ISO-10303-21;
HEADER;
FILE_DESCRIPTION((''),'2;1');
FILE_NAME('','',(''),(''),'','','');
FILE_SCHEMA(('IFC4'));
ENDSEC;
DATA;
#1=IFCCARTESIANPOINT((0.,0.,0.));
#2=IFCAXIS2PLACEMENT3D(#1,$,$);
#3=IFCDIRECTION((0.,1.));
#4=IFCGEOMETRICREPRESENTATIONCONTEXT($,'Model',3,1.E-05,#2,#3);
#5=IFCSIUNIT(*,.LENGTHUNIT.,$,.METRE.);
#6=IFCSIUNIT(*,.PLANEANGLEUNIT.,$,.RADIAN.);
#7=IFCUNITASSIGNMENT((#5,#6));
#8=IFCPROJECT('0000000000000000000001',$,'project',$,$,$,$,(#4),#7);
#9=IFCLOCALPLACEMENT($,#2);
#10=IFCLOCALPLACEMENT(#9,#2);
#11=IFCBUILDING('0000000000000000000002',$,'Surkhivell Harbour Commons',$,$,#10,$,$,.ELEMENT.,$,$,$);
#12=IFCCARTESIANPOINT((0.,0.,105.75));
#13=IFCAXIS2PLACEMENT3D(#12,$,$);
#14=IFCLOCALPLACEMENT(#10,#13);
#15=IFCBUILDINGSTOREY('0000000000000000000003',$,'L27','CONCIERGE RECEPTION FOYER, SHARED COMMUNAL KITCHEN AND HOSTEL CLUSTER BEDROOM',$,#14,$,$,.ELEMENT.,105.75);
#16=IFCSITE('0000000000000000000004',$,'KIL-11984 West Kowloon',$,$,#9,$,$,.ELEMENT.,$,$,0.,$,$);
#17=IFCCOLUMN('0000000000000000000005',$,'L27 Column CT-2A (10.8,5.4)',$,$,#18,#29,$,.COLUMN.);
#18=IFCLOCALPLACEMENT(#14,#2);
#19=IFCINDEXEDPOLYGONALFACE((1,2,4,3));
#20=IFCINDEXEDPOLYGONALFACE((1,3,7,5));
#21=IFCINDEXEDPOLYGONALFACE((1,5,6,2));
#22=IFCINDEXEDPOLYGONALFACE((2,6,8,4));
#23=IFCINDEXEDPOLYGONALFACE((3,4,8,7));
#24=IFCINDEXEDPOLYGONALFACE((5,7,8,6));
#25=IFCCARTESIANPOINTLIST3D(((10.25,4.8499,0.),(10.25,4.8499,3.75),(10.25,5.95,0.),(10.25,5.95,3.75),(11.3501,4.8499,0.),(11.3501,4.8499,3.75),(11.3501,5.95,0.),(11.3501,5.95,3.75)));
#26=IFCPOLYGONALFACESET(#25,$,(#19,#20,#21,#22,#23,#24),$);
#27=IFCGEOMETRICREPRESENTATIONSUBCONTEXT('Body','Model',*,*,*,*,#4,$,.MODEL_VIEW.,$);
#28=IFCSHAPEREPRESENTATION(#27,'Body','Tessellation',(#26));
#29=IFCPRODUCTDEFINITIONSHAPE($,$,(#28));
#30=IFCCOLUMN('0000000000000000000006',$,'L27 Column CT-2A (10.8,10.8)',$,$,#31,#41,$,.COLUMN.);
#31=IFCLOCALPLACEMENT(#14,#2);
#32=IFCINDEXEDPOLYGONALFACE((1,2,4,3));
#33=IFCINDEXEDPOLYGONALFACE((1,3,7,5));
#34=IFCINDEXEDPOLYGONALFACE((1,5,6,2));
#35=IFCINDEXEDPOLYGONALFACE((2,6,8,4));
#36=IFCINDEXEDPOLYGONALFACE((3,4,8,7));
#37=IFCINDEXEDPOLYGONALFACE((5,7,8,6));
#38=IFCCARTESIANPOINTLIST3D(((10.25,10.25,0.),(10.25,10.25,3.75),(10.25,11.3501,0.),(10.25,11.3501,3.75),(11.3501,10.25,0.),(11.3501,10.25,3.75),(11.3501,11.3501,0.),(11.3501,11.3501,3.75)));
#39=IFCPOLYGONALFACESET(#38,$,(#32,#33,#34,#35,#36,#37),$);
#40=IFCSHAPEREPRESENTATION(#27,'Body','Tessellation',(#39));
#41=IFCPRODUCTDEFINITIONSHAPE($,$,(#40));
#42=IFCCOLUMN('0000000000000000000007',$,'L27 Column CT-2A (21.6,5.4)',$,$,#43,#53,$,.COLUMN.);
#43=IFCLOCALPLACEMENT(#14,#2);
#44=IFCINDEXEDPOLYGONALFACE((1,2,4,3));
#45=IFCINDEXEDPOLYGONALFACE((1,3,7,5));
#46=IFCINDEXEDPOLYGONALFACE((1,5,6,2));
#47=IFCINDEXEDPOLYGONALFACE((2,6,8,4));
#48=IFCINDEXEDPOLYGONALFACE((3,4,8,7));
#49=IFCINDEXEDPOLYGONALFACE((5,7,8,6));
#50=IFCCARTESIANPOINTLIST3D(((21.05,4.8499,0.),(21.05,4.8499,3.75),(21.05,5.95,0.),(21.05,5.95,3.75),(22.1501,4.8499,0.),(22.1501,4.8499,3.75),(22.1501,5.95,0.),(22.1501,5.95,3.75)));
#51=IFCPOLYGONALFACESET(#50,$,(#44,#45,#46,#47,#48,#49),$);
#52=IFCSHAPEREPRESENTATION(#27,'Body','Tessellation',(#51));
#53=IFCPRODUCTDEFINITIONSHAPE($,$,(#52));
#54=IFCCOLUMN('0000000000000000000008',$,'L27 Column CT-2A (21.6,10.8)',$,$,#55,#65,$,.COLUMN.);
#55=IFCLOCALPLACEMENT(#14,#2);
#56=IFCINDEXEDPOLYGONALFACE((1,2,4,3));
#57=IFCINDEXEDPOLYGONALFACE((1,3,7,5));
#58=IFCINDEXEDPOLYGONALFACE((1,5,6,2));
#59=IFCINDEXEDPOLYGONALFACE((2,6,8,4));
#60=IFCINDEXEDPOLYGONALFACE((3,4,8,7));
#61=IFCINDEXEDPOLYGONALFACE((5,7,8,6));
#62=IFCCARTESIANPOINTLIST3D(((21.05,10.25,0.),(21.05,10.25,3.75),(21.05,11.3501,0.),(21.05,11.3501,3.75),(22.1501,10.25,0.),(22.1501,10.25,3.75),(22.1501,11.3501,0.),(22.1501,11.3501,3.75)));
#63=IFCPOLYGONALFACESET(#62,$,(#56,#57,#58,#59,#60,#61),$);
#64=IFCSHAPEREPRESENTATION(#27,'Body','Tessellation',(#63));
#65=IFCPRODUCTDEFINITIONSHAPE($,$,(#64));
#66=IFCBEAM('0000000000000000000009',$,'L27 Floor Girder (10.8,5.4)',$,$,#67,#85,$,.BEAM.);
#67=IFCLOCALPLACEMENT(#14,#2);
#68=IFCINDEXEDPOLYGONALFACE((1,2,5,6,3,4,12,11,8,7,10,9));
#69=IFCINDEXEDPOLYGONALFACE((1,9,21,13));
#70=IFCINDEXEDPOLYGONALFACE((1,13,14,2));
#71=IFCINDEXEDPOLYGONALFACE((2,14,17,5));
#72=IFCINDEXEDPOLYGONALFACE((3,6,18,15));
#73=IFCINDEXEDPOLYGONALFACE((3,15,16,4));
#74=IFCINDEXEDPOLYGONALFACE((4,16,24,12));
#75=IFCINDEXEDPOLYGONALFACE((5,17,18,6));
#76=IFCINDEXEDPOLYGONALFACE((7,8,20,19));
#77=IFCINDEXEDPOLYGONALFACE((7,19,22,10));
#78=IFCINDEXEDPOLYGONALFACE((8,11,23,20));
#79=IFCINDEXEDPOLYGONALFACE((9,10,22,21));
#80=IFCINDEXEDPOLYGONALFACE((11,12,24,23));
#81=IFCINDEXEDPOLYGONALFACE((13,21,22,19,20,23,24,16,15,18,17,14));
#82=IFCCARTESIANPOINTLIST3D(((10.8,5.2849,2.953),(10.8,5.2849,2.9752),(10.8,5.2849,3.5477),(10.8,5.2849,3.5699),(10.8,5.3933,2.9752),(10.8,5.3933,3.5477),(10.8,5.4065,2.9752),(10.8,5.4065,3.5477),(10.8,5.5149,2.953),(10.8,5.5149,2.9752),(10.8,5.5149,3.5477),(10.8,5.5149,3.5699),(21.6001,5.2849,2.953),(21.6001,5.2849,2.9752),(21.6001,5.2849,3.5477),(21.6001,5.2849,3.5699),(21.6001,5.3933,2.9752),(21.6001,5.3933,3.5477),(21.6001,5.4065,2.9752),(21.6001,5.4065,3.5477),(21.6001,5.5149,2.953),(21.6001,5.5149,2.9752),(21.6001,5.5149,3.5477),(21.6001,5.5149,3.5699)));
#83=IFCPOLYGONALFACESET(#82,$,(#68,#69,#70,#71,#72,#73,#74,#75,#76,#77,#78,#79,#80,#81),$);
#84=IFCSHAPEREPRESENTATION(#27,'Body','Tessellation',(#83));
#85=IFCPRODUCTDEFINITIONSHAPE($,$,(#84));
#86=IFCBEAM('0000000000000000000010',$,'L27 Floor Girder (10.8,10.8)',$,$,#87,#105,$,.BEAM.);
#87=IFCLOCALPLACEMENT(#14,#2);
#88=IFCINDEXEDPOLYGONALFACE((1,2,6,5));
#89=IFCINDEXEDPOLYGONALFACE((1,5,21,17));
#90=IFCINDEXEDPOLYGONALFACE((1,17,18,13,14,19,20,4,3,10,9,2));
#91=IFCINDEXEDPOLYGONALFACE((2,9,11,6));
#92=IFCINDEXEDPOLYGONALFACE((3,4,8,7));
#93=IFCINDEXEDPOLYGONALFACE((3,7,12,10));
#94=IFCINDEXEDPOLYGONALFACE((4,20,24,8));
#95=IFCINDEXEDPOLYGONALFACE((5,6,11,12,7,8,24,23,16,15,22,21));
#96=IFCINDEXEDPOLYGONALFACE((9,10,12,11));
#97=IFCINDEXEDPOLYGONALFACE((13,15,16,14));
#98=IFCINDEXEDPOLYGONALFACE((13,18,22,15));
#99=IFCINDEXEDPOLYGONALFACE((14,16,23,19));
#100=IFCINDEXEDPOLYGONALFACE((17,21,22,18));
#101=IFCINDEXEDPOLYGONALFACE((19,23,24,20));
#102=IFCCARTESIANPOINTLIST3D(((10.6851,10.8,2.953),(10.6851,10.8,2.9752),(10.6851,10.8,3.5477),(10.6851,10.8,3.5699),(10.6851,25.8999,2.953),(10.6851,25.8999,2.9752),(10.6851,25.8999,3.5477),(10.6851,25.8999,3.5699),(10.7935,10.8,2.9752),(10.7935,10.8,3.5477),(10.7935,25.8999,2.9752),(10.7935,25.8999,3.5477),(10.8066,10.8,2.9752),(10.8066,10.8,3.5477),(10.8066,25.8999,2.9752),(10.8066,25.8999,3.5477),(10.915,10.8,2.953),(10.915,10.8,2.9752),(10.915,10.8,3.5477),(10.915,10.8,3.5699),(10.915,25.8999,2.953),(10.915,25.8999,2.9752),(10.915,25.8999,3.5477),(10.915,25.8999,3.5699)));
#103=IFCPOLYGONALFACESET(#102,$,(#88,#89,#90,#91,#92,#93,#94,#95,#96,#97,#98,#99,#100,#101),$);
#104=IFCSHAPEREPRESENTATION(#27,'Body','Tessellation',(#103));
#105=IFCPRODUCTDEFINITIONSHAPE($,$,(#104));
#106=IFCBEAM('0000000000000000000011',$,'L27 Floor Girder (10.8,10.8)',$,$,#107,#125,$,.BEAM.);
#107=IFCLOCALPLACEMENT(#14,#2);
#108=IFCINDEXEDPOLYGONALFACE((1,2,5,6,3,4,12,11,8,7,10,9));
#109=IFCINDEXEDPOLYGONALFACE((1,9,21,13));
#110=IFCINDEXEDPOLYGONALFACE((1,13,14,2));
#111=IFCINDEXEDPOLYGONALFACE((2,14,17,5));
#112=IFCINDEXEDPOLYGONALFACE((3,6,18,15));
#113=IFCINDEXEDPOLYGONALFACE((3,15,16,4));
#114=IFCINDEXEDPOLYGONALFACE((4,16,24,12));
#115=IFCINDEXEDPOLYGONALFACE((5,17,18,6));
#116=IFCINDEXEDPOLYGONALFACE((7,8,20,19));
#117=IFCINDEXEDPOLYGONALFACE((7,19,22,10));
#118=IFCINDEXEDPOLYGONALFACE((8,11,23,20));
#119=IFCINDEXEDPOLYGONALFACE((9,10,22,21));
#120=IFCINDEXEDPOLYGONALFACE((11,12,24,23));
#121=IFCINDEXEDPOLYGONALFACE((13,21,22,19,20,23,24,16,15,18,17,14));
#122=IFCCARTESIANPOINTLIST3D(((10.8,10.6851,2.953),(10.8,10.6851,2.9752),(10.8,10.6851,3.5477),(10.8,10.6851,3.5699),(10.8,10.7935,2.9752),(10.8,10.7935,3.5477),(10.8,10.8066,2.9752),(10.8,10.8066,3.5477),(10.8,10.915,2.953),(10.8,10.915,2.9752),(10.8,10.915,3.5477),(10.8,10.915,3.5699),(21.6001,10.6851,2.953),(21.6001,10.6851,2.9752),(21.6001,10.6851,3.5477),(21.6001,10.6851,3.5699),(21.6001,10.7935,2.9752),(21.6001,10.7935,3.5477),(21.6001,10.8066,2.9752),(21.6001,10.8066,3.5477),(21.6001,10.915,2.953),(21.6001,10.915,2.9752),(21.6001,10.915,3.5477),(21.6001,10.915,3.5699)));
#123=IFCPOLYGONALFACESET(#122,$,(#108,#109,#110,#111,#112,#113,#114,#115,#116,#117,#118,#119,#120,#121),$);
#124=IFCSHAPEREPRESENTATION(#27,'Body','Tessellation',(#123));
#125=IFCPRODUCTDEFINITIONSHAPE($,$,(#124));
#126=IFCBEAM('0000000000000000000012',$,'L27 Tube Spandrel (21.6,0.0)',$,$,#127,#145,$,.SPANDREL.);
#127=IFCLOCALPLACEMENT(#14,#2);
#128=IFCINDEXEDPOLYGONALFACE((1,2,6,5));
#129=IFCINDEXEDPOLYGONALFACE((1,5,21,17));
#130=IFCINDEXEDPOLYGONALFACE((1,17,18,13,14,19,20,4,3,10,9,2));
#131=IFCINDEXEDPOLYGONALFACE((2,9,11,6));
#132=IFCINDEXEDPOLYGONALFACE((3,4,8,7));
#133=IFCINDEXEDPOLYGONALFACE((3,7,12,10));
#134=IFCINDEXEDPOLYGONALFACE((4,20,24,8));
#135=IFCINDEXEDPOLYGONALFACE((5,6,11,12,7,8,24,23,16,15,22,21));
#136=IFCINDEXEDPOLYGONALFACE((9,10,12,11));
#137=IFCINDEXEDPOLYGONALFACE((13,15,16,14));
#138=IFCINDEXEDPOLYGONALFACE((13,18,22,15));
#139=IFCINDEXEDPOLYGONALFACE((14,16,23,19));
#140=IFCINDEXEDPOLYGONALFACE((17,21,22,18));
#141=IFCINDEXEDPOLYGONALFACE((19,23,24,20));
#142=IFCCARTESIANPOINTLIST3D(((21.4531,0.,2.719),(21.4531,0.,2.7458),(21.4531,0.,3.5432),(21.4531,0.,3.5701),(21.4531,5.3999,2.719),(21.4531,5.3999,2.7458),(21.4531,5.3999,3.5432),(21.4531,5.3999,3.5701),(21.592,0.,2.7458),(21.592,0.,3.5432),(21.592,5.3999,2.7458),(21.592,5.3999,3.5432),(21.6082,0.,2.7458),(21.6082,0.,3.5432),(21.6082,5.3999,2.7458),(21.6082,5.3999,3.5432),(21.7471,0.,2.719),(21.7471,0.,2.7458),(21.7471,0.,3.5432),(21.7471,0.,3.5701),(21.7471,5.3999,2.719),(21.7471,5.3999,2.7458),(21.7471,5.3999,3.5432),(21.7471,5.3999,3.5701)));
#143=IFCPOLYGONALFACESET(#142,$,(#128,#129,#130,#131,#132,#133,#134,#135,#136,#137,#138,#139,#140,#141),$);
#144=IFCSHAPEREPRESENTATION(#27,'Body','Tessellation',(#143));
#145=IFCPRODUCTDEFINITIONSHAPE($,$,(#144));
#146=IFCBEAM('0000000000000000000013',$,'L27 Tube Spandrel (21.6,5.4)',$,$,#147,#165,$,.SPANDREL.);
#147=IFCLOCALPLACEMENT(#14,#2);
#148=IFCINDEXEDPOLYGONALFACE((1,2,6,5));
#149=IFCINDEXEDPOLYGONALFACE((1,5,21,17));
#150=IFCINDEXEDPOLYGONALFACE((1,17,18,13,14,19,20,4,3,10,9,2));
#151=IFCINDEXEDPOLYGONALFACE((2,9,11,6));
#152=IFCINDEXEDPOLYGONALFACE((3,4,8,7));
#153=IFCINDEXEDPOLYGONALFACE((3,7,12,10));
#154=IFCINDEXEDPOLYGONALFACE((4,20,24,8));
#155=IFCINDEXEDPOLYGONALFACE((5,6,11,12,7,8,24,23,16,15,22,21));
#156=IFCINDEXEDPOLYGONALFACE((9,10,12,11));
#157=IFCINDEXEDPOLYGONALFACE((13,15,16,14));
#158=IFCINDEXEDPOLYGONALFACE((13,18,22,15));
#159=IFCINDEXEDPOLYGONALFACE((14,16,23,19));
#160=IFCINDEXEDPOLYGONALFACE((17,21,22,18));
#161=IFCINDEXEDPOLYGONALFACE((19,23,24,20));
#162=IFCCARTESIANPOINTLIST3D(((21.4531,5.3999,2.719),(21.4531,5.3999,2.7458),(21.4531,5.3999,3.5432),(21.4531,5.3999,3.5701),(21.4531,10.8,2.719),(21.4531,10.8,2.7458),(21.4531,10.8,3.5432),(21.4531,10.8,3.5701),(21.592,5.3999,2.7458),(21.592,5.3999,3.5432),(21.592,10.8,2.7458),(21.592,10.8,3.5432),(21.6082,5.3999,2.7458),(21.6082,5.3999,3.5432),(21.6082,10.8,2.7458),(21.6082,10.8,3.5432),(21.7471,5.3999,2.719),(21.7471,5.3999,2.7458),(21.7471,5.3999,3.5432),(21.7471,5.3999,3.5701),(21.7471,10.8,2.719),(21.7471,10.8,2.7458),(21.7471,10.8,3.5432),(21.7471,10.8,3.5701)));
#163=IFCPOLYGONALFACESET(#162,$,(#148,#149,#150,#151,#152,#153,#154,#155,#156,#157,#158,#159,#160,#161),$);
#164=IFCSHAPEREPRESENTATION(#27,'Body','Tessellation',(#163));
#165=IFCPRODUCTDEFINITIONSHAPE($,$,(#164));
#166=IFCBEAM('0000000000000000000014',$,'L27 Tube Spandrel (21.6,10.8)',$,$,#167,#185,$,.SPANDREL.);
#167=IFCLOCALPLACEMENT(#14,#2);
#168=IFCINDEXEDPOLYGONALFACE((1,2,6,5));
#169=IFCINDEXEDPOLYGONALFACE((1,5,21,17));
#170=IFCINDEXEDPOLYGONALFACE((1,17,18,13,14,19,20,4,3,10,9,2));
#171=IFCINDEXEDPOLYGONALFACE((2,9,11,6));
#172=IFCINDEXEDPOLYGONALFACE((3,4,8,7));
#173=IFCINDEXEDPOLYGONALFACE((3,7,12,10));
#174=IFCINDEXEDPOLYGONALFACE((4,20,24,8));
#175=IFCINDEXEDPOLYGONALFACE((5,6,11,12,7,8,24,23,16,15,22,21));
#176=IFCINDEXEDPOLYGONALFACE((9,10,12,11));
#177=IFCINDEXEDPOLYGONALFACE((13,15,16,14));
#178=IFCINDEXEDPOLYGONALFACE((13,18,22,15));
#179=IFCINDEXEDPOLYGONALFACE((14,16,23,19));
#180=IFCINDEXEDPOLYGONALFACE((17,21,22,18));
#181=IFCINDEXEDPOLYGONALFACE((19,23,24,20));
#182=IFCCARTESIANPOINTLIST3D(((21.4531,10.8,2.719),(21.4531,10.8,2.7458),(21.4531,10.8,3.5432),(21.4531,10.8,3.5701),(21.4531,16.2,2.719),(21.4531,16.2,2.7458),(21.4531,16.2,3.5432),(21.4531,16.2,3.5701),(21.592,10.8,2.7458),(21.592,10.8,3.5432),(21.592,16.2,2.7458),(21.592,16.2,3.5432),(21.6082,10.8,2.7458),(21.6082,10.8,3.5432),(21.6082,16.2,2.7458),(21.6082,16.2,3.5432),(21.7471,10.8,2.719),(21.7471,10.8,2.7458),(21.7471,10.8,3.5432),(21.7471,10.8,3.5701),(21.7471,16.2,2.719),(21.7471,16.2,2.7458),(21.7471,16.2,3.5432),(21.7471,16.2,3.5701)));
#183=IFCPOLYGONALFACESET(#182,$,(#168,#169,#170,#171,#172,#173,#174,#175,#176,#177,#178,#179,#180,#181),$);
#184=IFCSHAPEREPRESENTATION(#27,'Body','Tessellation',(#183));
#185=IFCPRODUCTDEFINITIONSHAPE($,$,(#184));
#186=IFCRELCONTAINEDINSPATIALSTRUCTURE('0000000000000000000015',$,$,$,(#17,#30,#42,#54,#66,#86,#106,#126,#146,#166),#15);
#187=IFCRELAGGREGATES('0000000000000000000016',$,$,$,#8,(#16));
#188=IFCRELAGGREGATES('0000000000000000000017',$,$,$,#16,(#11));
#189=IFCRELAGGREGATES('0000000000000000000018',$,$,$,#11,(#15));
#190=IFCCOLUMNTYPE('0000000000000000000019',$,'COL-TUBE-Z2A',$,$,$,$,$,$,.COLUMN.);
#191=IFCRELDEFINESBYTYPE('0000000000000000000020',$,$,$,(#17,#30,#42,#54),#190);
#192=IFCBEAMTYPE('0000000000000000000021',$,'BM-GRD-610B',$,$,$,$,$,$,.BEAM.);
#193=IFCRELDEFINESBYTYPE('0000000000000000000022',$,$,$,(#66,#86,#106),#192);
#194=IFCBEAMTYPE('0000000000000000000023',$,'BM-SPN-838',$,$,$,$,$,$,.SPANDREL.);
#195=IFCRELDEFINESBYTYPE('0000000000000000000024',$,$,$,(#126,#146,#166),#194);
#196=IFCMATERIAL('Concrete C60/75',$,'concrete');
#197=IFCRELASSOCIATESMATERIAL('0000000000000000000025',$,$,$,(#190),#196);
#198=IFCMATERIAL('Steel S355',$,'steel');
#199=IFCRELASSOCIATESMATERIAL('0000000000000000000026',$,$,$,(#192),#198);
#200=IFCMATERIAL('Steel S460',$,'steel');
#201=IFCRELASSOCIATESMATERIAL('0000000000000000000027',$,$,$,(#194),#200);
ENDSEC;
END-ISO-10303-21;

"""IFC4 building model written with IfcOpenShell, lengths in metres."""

from ifc_helpers import new_model, si_unit, direction, frame, origin, origin_2d, place, context, subcontext, project, spatial, rectangle, i_section, extrude, material, material_profile, profile_set, type_object, element, save


model = new_model("IFC4")

# Units and contexts
model_context = context("Model", 3, precision=1e-05, world=origin(), true_north=direction((0.0, 1.0)))
body_context = subcontext(model_context, "Body", "Model", "MODEL_VIEW")
ifc_project = project(units=[si_unit("LENGTHUNIT", "METRE"), si_unit("PLANEANGLEUNIT", "RADIAN")], contexts=[model_context])

# Site, building, storey
site_placement = place(None, origin())
site = spatial("IfcSite", under=ifc_project, at=site_placement, Name="KIL-11984 West Kowloon", CompositionType="ELEMENT", RefElevation=0.0)
building_placement = place(site_placement, origin())
building = spatial("IfcBuilding", under=site, at=building_placement, Name="Surkhivell Harbour Commons", CompositionType="ELEMENT")
storey_placement = place(building_placement, frame((0.0, 0.0, 105.75)))
storey = spatial("IfcBuildingStorey", under=building, at=storey_placement, Name="L27", Description="CONCIERGE RECEPTION FOYER, SHARED COMMUNAL KITCHEN AND HOSTEL CLUSTER BEDROOM", CompositionType="ELEMENT", Elevation=105.75)

# Columns
ifc_material_1 = material(Name="Concrete C60/75", Category="concrete")
ifc_material_profile_1 = material_profile(ifc_material_1, rectangle(XDim=1.1001, YDim=1.1001, at=origin_2d()), Name="RC-COL-1100x1100")
ifc_profile_set_1 = profile_set([ifc_material_profile_1], Name="Concrete C60/75")
column_type = type_object("IfcColumnType", Name="COL-TUBE-Z2A", PredefinedType="COLUMN", material=ifc_profile_set_1)
for number, where, z_axis, x_axis, name in (
    (1, (10.8, 5.3999, 0.0), (0.0, 0.0, 1.0), (1.0, 0.0, 0.0), "L27 Column CT-2A (10.8,5.4)"),
    (2, (10.8, 10.8, 0.0), (0.0, 0.0, 1.0), (1.0, 0.0, 0.0), "L27 Column CT-2A (10.8,10.8)"),
    (3, (21.6001, 5.3999, 0.0), (0.0, 0.0, 1.0), (1.0, 0.0, 0.0), "L27 Column CT-2A (21.6,5.4)"),
    (4, (21.6001, 10.8, 0.0), (0.0, 0.0, 1.0), (1.0, 0.0, 0.0), "L27 Column CT-2A (21.6,10.8)"),
):
    element("IfcColumn", number, at=place(storey_placement, frame(where, z_axis=z_axis, x_axis=x_axis)), inside=storey, type_object=column_type, Name=name, PredefinedType="COLUMN", context=body_context, shape_type="SweptSolid", body=[
        extrude(rectangle(XDim=1.1001, YDim=1.1001, at=origin_2d()), origin(), (0.0, 0.0, 1.0), 3.75),
    ])

# Beams
ifc_material_2 = material(Name="Steel S355", Category="steel")
ifc_material_profile_2 = material_profile(ifc_material_2, i_section(OverallWidth=0.23, OverallDepth=0.6169, WebThickness=0.0132, FlangeThickness=0.0222, at=origin_2d()), Name="UB610x229x140")
ifc_profile_set_2 = profile_set([ifc_material_profile_2], Name="Steel S355")
beam_type_1 = type_object("IfcBeamType", Name="BM-GRD-610B", PredefinedType="BEAM", material=ifc_profile_set_2)
beam_1_placement = place(storey_placement, frame((10.8, 5.3999, 3.2615), z_axis=(1.0, 0.0, 0.0), x_axis=(0.0, 1.0, 0.0)))
element("IfcBeam", 5, at=beam_1_placement, inside=storey, type_object=beam_type_1, Name="L27 Floor Girder (10.8,5.4)", PredefinedType="BEAM", context=body_context, shape_type="SweptSolid", body=[
    extrude(i_section(OverallWidth=0.23, OverallDepth=0.6169, WebThickness=0.0132, FlangeThickness=0.0222, at=origin_2d()), origin(), (0.0, 0.0, 1.0), 10.8),
])
beam_2_placement = place(storey_placement, frame((10.8, 10.8, 3.2615), z_axis=(0.0, 1.0, 0.0), x_axis=(-1.0, 0.0, 0.0)))
element("IfcBeam", 6, at=beam_2_placement, inside=storey, type_object=beam_type_1, Name="L27 Floor Girder (10.8,10.8)", PredefinedType="BEAM", context=body_context, shape_type="SweptSolid", body=[
    extrude(i_section(OverallWidth=0.23, OverallDepth=0.6169, WebThickness=0.0132, FlangeThickness=0.0222, at=origin_2d()), origin(), (0.0, 0.0, 1.0), 15.0999),
])
beam_3_placement = place(storey_placement, frame((10.8, 10.8, 3.2615), z_axis=(1.0, 0.0, 0.0), x_axis=(0.0, 1.0, 0.0)))
element("IfcBeam", 7, at=beam_3_placement, inside=storey, type_object=beam_type_1, Name="L27 Floor Girder (10.8,10.8)", PredefinedType="BEAM", context=body_context, shape_type="SweptSolid", body=[
    extrude(i_section(OverallWidth=0.23, OverallDepth=0.6169, WebThickness=0.0132, FlangeThickness=0.0222, at=origin_2d()), origin(), (0.0, 0.0, 1.0), 10.8),
])
ifc_material_3 = material(Name="Steel S460", Category="steel")
ifc_material_profile_3 = material_profile(ifc_material_3, i_section(OverallWidth=0.2939, OverallDepth=0.8511, WebThickness=0.0161, FlangeThickness=0.0269, at=origin_2d()), Name="UB838x292x226")
ifc_profile_set_3 = profile_set([ifc_material_profile_3], Name="Steel S460")
beam_type_2 = type_object("IfcBeamType", Name="BM-SPN-838", PredefinedType="SPANDREL", material=ifc_profile_set_3)
beam_4_placement = place(storey_placement, frame((21.6001, 0.0, 3.1445), z_axis=(0.0, 1.0, 0.0), x_axis=(-1.0, 0.0, 0.0)))
element("IfcBeam", 8, at=beam_4_placement, inside=storey, type_object=beam_type_2, Name="L27 Tube Spandrel (21.6,0.0)", PredefinedType="SPANDREL", context=body_context, shape_type="SweptSolid", body=[
    extrude(i_section(OverallWidth=0.2939, OverallDepth=0.8511, WebThickness=0.0161, FlangeThickness=0.0269, at=origin_2d()), origin(), (0.0, 0.0, 1.0), 5.3999),
])
beam_5_placement = place(storey_placement, frame((21.6001, 5.3999, 3.1445), z_axis=(0.0, 1.0, 0.0), x_axis=(-1.0, 0.0, 0.0)))
element("IfcBeam", 9, at=beam_5_placement, inside=storey, type_object=beam_type_2, Name="L27 Tube Spandrel (21.6,5.4)", PredefinedType="SPANDREL", context=body_context, shape_type="SweptSolid", body=[
    extrude(i_section(OverallWidth=0.2939, OverallDepth=0.8511, WebThickness=0.0161, FlangeThickness=0.0269, at=origin_2d()), origin(), (0.0, 0.0, 1.0), 5.4001),
])
beam_6_placement = place(storey_placement, frame((21.6001, 10.8, 3.1445), z_axis=(0.0, 1.0, 0.0), x_axis=(-1.0, 0.0, 0.0)))
element("IfcBeam", 10, at=beam_6_placement, inside=storey, type_object=beam_type_2, Name="L27 Tube Spandrel (21.6,10.8)", PredefinedType="SPANDREL", context=body_context, shape_type="SweptSolid", body=[
    extrude(i_section(OverallWidth=0.2939, OverallDepth=0.8511, WebThickness=0.0161, FlangeThickness=0.0269, at=origin_2d()), origin(), (0.0, 0.0, 1.0), 5.3999),
])

save(model, "model.ifc")
